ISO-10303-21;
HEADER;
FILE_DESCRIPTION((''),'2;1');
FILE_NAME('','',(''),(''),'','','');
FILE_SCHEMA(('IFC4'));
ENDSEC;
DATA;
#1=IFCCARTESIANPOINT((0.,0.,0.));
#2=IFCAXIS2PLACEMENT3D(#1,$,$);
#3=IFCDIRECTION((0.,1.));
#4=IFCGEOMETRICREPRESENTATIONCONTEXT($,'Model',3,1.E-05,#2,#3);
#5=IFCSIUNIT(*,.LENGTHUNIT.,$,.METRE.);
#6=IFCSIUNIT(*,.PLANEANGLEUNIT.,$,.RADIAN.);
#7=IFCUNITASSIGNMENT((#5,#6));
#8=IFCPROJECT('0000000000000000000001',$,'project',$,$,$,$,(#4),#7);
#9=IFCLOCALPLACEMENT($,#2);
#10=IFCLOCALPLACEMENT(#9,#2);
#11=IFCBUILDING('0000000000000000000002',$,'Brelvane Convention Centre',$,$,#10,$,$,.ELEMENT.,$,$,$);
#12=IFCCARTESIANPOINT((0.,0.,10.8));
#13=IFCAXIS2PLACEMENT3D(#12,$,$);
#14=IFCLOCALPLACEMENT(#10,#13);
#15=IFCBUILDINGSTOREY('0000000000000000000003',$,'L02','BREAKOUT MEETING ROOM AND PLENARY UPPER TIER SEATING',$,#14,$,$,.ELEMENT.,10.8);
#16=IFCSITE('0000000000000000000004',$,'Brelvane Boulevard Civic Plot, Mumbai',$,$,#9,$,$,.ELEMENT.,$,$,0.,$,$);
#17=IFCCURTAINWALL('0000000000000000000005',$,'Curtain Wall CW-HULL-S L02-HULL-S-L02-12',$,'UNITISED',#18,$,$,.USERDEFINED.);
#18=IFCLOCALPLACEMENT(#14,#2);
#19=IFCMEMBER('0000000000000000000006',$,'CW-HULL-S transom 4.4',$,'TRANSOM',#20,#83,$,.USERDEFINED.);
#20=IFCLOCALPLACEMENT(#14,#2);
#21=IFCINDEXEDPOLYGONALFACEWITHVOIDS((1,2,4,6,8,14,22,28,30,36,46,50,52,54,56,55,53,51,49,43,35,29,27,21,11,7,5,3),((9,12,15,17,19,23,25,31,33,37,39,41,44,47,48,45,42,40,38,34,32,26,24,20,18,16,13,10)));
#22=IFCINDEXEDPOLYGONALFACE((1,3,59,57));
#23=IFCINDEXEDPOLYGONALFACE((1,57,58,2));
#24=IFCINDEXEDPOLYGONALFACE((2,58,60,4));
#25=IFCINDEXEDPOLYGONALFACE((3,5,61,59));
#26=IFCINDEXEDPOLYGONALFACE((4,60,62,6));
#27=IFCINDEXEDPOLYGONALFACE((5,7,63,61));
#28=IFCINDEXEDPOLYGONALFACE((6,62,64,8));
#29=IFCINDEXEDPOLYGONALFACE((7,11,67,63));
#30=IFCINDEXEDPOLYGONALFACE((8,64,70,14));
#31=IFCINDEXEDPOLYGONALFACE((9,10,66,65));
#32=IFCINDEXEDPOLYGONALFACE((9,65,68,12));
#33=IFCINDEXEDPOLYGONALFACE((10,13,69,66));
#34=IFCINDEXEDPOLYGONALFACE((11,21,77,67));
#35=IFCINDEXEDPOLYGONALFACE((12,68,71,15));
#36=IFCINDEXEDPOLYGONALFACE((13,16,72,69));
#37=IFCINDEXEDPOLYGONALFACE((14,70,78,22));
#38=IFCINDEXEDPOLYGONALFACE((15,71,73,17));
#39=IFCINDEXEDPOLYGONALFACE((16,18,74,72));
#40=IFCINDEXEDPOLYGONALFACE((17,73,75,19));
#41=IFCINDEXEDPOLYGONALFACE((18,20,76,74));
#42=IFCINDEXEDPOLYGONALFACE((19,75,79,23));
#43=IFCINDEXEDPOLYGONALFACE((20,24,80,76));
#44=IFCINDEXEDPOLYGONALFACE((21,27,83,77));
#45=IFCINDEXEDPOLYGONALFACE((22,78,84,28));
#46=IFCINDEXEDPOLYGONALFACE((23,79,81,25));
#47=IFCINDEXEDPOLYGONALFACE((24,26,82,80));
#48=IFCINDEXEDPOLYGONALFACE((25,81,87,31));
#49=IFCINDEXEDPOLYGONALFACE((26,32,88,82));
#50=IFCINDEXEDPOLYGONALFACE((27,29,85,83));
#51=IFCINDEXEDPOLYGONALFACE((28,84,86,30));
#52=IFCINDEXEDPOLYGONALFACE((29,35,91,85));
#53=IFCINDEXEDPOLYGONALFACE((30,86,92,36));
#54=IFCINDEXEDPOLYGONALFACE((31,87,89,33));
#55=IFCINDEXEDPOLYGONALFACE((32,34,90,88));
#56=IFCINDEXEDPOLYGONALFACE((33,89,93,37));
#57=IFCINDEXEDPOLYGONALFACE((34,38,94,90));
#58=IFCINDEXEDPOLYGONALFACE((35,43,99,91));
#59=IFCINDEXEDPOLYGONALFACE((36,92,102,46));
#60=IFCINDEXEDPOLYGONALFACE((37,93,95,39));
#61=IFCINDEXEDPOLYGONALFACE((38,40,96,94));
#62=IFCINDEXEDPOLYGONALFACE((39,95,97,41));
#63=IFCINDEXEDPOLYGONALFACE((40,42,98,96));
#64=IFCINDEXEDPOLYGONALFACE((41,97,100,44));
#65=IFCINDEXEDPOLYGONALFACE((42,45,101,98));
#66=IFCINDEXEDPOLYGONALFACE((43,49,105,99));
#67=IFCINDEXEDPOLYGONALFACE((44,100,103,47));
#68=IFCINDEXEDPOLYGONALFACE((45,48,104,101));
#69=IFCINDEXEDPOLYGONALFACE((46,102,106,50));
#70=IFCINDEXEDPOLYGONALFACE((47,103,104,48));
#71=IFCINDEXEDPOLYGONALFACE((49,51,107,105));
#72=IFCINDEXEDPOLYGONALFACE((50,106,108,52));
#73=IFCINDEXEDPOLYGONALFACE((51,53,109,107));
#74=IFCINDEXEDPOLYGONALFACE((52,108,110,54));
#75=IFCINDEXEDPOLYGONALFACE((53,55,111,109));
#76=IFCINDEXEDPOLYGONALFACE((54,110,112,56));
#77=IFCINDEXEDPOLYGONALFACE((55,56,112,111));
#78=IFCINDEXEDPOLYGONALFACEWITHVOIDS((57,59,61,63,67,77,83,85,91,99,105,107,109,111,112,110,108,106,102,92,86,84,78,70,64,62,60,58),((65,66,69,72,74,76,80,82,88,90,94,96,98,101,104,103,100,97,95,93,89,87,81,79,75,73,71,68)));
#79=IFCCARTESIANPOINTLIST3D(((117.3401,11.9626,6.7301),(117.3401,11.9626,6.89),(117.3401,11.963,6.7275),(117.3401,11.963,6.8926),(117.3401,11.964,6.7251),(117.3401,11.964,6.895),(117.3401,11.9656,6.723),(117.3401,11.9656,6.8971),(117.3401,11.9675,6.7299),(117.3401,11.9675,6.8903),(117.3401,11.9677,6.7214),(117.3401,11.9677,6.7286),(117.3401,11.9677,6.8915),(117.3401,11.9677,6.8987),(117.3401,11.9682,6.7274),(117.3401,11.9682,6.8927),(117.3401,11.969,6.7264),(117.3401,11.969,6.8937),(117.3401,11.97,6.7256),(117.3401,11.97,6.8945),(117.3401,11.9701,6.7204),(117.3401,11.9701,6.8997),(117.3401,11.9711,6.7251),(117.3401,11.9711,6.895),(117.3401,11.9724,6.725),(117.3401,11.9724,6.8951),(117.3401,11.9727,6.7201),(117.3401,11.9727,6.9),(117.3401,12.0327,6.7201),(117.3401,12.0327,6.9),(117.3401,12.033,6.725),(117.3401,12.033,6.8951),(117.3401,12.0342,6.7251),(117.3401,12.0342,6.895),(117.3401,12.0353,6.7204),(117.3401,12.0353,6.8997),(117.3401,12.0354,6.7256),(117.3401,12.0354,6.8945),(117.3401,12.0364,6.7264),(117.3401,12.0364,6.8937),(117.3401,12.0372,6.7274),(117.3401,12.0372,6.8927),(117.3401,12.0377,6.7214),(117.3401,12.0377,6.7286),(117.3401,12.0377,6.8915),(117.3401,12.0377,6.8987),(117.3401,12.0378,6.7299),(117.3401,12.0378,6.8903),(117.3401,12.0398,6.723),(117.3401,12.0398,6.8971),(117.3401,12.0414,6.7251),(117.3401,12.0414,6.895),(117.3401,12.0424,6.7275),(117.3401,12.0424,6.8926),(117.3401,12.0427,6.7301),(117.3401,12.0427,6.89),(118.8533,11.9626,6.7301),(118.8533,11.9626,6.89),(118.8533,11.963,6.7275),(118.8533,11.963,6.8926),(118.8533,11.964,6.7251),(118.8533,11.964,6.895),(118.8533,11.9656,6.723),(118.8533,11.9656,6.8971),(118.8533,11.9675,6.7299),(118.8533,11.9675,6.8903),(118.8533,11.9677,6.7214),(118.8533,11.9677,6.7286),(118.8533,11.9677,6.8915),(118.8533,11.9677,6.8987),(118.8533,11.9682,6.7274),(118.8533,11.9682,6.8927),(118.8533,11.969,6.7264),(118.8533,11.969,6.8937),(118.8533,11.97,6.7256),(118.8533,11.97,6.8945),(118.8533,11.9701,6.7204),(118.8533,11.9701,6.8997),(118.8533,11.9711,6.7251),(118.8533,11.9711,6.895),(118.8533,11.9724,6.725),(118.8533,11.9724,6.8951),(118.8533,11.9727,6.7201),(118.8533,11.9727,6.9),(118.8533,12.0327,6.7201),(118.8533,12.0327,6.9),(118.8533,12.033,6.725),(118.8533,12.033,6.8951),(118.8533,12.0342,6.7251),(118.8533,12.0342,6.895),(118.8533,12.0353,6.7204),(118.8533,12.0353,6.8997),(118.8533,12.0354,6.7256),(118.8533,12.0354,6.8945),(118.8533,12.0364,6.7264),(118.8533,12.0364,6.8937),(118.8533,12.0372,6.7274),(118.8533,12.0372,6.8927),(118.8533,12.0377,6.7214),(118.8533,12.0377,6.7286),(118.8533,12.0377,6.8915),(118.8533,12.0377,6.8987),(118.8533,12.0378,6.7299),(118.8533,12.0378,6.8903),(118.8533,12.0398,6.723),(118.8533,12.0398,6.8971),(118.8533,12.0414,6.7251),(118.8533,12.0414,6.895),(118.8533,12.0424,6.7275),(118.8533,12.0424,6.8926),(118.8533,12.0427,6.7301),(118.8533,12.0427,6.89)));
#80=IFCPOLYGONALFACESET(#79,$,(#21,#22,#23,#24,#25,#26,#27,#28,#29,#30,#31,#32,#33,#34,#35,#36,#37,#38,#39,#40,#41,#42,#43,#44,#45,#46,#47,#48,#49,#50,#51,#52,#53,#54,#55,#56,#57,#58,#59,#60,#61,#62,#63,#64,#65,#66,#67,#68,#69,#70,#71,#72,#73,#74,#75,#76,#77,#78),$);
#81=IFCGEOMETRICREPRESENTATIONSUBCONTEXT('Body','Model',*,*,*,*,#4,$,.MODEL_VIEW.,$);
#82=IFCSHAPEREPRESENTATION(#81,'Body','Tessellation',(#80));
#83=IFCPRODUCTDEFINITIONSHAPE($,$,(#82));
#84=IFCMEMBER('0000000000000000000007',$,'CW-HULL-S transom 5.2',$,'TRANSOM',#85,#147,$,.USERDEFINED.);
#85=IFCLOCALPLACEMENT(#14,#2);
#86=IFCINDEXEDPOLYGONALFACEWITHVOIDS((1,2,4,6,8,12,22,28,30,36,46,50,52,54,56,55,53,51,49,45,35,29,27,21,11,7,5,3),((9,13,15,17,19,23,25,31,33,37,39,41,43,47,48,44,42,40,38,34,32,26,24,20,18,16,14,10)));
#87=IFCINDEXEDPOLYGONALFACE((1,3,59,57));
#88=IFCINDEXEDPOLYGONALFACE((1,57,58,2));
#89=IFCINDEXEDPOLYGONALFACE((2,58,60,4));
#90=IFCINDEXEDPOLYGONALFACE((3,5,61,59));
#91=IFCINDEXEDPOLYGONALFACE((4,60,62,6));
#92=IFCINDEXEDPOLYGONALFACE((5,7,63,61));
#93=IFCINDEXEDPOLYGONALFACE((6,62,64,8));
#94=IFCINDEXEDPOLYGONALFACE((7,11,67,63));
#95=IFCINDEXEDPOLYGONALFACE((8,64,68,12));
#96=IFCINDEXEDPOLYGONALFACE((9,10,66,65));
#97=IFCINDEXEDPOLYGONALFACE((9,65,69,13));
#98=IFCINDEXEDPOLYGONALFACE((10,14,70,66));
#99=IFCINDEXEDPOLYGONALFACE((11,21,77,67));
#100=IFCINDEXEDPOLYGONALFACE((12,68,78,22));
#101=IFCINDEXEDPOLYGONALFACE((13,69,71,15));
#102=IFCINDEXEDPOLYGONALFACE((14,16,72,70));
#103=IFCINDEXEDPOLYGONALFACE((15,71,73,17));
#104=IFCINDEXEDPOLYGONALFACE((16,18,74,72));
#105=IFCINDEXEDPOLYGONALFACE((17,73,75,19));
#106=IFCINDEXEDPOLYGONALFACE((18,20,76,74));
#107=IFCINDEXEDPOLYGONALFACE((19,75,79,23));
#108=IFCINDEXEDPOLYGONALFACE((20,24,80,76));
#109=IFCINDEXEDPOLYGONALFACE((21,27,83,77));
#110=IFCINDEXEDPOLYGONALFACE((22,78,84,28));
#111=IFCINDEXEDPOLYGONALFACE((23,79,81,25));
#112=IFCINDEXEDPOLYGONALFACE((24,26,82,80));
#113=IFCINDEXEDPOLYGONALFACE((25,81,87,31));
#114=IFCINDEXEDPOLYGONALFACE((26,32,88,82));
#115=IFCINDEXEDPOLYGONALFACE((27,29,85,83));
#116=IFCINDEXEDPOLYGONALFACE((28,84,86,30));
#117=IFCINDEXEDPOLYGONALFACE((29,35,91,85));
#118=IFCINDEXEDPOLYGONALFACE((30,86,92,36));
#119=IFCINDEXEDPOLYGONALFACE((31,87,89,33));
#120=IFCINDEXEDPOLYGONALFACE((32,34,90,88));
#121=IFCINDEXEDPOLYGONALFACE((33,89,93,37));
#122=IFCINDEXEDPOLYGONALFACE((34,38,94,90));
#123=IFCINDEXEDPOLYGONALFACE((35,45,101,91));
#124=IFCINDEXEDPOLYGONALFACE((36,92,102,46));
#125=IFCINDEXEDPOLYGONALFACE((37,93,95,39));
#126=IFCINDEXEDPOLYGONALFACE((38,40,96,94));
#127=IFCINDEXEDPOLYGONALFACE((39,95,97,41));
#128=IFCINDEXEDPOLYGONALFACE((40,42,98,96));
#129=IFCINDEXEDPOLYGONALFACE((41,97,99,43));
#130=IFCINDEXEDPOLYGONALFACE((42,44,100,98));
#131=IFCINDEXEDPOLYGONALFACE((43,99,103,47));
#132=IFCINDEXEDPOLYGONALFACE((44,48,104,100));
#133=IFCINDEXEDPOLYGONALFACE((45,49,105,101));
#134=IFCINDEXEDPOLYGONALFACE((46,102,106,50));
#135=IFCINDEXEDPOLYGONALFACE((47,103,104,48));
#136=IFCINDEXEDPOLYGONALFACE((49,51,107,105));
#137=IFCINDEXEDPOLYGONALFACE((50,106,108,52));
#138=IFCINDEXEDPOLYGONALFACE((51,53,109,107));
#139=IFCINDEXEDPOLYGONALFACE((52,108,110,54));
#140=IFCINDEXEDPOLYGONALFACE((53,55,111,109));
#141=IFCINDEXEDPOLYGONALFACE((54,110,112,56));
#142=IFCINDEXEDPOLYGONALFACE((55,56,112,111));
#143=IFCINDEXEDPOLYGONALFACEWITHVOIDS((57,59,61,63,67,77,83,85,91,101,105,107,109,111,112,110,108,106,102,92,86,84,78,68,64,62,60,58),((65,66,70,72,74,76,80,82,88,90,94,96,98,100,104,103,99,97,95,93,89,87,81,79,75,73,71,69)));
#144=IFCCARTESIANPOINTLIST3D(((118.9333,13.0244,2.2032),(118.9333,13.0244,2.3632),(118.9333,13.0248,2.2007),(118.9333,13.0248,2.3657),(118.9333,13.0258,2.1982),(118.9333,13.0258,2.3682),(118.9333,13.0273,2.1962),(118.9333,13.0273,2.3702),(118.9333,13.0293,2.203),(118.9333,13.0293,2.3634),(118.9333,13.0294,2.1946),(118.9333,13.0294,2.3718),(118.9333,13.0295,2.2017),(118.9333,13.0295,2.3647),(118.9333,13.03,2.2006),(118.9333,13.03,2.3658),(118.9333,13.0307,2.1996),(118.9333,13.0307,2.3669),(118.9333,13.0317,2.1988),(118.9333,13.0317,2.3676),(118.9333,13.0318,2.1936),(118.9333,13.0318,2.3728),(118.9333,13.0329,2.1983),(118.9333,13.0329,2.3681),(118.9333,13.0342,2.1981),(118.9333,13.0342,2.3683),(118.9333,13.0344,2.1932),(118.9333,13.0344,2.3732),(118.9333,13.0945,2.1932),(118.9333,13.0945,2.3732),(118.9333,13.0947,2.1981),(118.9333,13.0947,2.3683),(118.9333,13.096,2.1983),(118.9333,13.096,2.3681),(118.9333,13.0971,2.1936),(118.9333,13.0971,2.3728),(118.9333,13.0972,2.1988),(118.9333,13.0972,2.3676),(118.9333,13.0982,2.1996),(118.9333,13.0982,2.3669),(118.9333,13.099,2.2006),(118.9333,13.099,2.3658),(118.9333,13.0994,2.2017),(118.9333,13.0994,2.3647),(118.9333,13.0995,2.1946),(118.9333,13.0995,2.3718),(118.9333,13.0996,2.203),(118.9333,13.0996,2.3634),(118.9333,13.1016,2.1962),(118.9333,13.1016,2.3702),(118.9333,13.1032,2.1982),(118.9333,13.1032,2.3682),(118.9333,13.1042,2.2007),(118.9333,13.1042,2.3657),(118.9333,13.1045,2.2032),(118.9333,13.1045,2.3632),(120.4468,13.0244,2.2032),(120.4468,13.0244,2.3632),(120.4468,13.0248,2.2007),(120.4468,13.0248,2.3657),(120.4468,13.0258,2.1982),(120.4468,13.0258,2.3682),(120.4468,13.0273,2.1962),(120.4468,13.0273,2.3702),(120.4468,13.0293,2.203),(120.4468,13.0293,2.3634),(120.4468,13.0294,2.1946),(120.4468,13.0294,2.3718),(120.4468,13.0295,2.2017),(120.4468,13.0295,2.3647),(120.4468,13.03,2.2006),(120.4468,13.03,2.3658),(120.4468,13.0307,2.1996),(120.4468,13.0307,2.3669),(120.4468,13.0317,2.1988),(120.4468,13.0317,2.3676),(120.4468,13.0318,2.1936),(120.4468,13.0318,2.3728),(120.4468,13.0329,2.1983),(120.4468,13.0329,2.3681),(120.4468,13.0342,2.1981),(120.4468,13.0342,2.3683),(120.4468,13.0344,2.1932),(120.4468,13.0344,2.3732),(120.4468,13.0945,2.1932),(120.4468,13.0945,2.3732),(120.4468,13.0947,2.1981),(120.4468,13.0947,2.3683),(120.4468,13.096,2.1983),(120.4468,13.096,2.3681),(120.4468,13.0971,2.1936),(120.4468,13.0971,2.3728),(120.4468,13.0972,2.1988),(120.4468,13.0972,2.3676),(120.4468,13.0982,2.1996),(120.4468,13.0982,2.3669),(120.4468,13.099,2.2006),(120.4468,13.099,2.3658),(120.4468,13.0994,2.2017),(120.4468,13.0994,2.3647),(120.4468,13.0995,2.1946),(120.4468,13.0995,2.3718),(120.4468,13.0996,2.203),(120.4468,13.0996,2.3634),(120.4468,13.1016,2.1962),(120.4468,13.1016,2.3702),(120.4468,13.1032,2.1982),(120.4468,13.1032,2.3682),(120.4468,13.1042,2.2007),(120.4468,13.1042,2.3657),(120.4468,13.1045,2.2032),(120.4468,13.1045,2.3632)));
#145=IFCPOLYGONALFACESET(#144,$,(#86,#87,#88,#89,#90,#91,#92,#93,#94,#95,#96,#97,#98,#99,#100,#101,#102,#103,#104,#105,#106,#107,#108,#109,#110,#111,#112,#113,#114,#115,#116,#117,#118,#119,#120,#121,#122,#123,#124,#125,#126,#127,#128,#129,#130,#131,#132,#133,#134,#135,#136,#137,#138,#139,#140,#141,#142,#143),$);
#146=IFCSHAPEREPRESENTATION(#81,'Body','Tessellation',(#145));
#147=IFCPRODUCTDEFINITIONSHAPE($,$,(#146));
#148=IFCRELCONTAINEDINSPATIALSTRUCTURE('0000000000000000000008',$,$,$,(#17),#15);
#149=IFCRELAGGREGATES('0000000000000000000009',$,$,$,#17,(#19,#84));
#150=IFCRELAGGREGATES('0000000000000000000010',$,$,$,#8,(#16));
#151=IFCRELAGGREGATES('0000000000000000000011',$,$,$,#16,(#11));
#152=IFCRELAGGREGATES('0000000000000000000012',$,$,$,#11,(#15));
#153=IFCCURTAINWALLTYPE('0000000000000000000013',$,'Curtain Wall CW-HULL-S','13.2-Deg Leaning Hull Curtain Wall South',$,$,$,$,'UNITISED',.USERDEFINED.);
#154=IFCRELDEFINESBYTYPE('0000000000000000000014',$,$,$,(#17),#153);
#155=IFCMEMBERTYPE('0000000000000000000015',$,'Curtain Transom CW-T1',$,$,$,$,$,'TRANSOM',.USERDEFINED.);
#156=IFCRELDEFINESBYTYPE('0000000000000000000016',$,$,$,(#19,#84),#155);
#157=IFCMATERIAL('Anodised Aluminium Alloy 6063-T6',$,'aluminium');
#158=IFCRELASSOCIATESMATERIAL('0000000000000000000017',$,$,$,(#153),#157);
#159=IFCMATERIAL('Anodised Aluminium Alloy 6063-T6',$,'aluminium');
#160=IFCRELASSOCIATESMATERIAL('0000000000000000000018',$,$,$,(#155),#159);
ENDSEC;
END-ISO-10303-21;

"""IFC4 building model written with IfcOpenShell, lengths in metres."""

from ifc_helpers import new_model, si_unit, direction, frame, origin, origin_2d, place, context, subcontext, project, spatial, hollow_rectangle, extrude, material, material_profile, profile_set, type_object, element, aggregate, save


model = new_model("IFC4")

# Units and contexts
model_context = context("Model", 3, precision=1e-05, world=origin(), true_north=direction((0.0, 1.0)))
body_context = subcontext(model_context, "Body", "Model", "MODEL_VIEW")
ifc_project = project(units=[si_unit("LENGTHUNIT", "METRE"), si_unit("PLANEANGLEUNIT", "RADIAN")], contexts=[model_context])

# Site, building, storey
site_placement = place(None, origin())
site = spatial("IfcSite", under=ifc_project, at=site_placement, Name="Brelvane Boulevard Civic Plot, Mumbai", CompositionType="ELEMENT", RefElevation=0.0)
building_placement = place(site_placement, origin())
building = spatial("IfcBuilding", under=site, at=building_placement, Name="Brelvane Convention Centre", CompositionType="ELEMENT")
storey_placement = place(building_placement, frame((0.0, 0.0, 10.8)))
storey = spatial("IfcBuildingStorey", under=building, at=storey_placement, Name="L02", Description="BREAKOUT MEETING ROOM AND PLENARY UPPER TIER SEATING", CompositionType="ELEMENT", Elevation=10.8)

# Curtain wall, members
ifc_material_1 = material(Name="Anodised Aluminium Alloy 6063-T6", Category="aluminium")
curtain_wall_type = type_object("IfcCurtainWallType", Name="Curtain Wall CW-HULL-S", Description="13.2-Deg Leaning Hull Curtain Wall South", ElementType="UNITISED", PredefinedType="USERDEFINED", material=ifc_material_1)
curtain_wall_1_placement = place(storey_placement, origin())
curtain_wall_1 = element("IfcCurtainWall", 1, at=curtain_wall_1_placement, inside=storey, type_object=curtain_wall_type, Name="Curtain Wall CW-HULL-S L02-HULL-S-L02-12", ObjectType="UNITISED", PredefinedType="USERDEFINED")
ifc_material_2 = material(Name="Anodised Aluminium Alloy 6063-T6", Category="aluminium")
ifc_material_profile = material_profile(ifc_material_2, hollow_rectangle(XDim=0.0801, YDim=0.1799, WallThickness=0.0049, InnerFilletRadius=0.0049, OuterFilletRadius=0.01, at=origin_2d()), Name="ALU-T 180x80x5.0")
ifc_profile_set = profile_set([ifc_material_profile], Name="Anodised Aluminium Alloy 6063-T6")
member_type = type_object("IfcMemberType", Name="Curtain Transom CW-T1", ElementType="TRANSOM", PredefinedType="USERDEFINED", material=ifc_profile_set)
member_1_placement = place(storey_placement, frame((117.3401, 12.0027, 6.8101), z_axis=(1.0, 0.0, 0.0), x_axis=(0.0, 1.0, 0.0)))
member_1 = element("IfcMember", 2, at=member_1_placement, type_object=member_type, Name="CW-HULL-S transom 4.4", ObjectType="TRANSOM", PredefinedType="USERDEFINED", context=body_context, shape_type="SweptSolid", body=[
    extrude(hollow_rectangle(XDim=0.0801, YDim=0.1799, WallThickness=0.0049, InnerFilletRadius=0.0049, OuterFilletRadius=0.01, at=origin_2d()), origin(), (0.0, 0.0, 1.0), 1.5132),
])
member_2_placement = place(storey_placement, frame((118.9333, 13.0645, 2.2832), z_axis=(1.0, 0.0, 0.0), x_axis=(0.0, 1.0, 0.0)))
member_2 = element("IfcMember", 3, at=member_2_placement, type_object=member_type, Name="CW-HULL-S transom 5.2", ObjectType="TRANSOM", PredefinedType="USERDEFINED", context=body_context, shape_type="SweptSolid", body=[
    extrude(hollow_rectangle(XDim=0.0801, YDim=0.1799, WallThickness=0.0049, InnerFilletRadius=0.0049, OuterFilletRadius=0.01, at=origin_2d()), origin(), (0.0, 0.0, 1.0), 1.5134),
])

aggregate(curtain_wall_1, [member_1, member_2])

save(model, "model.ifc")
